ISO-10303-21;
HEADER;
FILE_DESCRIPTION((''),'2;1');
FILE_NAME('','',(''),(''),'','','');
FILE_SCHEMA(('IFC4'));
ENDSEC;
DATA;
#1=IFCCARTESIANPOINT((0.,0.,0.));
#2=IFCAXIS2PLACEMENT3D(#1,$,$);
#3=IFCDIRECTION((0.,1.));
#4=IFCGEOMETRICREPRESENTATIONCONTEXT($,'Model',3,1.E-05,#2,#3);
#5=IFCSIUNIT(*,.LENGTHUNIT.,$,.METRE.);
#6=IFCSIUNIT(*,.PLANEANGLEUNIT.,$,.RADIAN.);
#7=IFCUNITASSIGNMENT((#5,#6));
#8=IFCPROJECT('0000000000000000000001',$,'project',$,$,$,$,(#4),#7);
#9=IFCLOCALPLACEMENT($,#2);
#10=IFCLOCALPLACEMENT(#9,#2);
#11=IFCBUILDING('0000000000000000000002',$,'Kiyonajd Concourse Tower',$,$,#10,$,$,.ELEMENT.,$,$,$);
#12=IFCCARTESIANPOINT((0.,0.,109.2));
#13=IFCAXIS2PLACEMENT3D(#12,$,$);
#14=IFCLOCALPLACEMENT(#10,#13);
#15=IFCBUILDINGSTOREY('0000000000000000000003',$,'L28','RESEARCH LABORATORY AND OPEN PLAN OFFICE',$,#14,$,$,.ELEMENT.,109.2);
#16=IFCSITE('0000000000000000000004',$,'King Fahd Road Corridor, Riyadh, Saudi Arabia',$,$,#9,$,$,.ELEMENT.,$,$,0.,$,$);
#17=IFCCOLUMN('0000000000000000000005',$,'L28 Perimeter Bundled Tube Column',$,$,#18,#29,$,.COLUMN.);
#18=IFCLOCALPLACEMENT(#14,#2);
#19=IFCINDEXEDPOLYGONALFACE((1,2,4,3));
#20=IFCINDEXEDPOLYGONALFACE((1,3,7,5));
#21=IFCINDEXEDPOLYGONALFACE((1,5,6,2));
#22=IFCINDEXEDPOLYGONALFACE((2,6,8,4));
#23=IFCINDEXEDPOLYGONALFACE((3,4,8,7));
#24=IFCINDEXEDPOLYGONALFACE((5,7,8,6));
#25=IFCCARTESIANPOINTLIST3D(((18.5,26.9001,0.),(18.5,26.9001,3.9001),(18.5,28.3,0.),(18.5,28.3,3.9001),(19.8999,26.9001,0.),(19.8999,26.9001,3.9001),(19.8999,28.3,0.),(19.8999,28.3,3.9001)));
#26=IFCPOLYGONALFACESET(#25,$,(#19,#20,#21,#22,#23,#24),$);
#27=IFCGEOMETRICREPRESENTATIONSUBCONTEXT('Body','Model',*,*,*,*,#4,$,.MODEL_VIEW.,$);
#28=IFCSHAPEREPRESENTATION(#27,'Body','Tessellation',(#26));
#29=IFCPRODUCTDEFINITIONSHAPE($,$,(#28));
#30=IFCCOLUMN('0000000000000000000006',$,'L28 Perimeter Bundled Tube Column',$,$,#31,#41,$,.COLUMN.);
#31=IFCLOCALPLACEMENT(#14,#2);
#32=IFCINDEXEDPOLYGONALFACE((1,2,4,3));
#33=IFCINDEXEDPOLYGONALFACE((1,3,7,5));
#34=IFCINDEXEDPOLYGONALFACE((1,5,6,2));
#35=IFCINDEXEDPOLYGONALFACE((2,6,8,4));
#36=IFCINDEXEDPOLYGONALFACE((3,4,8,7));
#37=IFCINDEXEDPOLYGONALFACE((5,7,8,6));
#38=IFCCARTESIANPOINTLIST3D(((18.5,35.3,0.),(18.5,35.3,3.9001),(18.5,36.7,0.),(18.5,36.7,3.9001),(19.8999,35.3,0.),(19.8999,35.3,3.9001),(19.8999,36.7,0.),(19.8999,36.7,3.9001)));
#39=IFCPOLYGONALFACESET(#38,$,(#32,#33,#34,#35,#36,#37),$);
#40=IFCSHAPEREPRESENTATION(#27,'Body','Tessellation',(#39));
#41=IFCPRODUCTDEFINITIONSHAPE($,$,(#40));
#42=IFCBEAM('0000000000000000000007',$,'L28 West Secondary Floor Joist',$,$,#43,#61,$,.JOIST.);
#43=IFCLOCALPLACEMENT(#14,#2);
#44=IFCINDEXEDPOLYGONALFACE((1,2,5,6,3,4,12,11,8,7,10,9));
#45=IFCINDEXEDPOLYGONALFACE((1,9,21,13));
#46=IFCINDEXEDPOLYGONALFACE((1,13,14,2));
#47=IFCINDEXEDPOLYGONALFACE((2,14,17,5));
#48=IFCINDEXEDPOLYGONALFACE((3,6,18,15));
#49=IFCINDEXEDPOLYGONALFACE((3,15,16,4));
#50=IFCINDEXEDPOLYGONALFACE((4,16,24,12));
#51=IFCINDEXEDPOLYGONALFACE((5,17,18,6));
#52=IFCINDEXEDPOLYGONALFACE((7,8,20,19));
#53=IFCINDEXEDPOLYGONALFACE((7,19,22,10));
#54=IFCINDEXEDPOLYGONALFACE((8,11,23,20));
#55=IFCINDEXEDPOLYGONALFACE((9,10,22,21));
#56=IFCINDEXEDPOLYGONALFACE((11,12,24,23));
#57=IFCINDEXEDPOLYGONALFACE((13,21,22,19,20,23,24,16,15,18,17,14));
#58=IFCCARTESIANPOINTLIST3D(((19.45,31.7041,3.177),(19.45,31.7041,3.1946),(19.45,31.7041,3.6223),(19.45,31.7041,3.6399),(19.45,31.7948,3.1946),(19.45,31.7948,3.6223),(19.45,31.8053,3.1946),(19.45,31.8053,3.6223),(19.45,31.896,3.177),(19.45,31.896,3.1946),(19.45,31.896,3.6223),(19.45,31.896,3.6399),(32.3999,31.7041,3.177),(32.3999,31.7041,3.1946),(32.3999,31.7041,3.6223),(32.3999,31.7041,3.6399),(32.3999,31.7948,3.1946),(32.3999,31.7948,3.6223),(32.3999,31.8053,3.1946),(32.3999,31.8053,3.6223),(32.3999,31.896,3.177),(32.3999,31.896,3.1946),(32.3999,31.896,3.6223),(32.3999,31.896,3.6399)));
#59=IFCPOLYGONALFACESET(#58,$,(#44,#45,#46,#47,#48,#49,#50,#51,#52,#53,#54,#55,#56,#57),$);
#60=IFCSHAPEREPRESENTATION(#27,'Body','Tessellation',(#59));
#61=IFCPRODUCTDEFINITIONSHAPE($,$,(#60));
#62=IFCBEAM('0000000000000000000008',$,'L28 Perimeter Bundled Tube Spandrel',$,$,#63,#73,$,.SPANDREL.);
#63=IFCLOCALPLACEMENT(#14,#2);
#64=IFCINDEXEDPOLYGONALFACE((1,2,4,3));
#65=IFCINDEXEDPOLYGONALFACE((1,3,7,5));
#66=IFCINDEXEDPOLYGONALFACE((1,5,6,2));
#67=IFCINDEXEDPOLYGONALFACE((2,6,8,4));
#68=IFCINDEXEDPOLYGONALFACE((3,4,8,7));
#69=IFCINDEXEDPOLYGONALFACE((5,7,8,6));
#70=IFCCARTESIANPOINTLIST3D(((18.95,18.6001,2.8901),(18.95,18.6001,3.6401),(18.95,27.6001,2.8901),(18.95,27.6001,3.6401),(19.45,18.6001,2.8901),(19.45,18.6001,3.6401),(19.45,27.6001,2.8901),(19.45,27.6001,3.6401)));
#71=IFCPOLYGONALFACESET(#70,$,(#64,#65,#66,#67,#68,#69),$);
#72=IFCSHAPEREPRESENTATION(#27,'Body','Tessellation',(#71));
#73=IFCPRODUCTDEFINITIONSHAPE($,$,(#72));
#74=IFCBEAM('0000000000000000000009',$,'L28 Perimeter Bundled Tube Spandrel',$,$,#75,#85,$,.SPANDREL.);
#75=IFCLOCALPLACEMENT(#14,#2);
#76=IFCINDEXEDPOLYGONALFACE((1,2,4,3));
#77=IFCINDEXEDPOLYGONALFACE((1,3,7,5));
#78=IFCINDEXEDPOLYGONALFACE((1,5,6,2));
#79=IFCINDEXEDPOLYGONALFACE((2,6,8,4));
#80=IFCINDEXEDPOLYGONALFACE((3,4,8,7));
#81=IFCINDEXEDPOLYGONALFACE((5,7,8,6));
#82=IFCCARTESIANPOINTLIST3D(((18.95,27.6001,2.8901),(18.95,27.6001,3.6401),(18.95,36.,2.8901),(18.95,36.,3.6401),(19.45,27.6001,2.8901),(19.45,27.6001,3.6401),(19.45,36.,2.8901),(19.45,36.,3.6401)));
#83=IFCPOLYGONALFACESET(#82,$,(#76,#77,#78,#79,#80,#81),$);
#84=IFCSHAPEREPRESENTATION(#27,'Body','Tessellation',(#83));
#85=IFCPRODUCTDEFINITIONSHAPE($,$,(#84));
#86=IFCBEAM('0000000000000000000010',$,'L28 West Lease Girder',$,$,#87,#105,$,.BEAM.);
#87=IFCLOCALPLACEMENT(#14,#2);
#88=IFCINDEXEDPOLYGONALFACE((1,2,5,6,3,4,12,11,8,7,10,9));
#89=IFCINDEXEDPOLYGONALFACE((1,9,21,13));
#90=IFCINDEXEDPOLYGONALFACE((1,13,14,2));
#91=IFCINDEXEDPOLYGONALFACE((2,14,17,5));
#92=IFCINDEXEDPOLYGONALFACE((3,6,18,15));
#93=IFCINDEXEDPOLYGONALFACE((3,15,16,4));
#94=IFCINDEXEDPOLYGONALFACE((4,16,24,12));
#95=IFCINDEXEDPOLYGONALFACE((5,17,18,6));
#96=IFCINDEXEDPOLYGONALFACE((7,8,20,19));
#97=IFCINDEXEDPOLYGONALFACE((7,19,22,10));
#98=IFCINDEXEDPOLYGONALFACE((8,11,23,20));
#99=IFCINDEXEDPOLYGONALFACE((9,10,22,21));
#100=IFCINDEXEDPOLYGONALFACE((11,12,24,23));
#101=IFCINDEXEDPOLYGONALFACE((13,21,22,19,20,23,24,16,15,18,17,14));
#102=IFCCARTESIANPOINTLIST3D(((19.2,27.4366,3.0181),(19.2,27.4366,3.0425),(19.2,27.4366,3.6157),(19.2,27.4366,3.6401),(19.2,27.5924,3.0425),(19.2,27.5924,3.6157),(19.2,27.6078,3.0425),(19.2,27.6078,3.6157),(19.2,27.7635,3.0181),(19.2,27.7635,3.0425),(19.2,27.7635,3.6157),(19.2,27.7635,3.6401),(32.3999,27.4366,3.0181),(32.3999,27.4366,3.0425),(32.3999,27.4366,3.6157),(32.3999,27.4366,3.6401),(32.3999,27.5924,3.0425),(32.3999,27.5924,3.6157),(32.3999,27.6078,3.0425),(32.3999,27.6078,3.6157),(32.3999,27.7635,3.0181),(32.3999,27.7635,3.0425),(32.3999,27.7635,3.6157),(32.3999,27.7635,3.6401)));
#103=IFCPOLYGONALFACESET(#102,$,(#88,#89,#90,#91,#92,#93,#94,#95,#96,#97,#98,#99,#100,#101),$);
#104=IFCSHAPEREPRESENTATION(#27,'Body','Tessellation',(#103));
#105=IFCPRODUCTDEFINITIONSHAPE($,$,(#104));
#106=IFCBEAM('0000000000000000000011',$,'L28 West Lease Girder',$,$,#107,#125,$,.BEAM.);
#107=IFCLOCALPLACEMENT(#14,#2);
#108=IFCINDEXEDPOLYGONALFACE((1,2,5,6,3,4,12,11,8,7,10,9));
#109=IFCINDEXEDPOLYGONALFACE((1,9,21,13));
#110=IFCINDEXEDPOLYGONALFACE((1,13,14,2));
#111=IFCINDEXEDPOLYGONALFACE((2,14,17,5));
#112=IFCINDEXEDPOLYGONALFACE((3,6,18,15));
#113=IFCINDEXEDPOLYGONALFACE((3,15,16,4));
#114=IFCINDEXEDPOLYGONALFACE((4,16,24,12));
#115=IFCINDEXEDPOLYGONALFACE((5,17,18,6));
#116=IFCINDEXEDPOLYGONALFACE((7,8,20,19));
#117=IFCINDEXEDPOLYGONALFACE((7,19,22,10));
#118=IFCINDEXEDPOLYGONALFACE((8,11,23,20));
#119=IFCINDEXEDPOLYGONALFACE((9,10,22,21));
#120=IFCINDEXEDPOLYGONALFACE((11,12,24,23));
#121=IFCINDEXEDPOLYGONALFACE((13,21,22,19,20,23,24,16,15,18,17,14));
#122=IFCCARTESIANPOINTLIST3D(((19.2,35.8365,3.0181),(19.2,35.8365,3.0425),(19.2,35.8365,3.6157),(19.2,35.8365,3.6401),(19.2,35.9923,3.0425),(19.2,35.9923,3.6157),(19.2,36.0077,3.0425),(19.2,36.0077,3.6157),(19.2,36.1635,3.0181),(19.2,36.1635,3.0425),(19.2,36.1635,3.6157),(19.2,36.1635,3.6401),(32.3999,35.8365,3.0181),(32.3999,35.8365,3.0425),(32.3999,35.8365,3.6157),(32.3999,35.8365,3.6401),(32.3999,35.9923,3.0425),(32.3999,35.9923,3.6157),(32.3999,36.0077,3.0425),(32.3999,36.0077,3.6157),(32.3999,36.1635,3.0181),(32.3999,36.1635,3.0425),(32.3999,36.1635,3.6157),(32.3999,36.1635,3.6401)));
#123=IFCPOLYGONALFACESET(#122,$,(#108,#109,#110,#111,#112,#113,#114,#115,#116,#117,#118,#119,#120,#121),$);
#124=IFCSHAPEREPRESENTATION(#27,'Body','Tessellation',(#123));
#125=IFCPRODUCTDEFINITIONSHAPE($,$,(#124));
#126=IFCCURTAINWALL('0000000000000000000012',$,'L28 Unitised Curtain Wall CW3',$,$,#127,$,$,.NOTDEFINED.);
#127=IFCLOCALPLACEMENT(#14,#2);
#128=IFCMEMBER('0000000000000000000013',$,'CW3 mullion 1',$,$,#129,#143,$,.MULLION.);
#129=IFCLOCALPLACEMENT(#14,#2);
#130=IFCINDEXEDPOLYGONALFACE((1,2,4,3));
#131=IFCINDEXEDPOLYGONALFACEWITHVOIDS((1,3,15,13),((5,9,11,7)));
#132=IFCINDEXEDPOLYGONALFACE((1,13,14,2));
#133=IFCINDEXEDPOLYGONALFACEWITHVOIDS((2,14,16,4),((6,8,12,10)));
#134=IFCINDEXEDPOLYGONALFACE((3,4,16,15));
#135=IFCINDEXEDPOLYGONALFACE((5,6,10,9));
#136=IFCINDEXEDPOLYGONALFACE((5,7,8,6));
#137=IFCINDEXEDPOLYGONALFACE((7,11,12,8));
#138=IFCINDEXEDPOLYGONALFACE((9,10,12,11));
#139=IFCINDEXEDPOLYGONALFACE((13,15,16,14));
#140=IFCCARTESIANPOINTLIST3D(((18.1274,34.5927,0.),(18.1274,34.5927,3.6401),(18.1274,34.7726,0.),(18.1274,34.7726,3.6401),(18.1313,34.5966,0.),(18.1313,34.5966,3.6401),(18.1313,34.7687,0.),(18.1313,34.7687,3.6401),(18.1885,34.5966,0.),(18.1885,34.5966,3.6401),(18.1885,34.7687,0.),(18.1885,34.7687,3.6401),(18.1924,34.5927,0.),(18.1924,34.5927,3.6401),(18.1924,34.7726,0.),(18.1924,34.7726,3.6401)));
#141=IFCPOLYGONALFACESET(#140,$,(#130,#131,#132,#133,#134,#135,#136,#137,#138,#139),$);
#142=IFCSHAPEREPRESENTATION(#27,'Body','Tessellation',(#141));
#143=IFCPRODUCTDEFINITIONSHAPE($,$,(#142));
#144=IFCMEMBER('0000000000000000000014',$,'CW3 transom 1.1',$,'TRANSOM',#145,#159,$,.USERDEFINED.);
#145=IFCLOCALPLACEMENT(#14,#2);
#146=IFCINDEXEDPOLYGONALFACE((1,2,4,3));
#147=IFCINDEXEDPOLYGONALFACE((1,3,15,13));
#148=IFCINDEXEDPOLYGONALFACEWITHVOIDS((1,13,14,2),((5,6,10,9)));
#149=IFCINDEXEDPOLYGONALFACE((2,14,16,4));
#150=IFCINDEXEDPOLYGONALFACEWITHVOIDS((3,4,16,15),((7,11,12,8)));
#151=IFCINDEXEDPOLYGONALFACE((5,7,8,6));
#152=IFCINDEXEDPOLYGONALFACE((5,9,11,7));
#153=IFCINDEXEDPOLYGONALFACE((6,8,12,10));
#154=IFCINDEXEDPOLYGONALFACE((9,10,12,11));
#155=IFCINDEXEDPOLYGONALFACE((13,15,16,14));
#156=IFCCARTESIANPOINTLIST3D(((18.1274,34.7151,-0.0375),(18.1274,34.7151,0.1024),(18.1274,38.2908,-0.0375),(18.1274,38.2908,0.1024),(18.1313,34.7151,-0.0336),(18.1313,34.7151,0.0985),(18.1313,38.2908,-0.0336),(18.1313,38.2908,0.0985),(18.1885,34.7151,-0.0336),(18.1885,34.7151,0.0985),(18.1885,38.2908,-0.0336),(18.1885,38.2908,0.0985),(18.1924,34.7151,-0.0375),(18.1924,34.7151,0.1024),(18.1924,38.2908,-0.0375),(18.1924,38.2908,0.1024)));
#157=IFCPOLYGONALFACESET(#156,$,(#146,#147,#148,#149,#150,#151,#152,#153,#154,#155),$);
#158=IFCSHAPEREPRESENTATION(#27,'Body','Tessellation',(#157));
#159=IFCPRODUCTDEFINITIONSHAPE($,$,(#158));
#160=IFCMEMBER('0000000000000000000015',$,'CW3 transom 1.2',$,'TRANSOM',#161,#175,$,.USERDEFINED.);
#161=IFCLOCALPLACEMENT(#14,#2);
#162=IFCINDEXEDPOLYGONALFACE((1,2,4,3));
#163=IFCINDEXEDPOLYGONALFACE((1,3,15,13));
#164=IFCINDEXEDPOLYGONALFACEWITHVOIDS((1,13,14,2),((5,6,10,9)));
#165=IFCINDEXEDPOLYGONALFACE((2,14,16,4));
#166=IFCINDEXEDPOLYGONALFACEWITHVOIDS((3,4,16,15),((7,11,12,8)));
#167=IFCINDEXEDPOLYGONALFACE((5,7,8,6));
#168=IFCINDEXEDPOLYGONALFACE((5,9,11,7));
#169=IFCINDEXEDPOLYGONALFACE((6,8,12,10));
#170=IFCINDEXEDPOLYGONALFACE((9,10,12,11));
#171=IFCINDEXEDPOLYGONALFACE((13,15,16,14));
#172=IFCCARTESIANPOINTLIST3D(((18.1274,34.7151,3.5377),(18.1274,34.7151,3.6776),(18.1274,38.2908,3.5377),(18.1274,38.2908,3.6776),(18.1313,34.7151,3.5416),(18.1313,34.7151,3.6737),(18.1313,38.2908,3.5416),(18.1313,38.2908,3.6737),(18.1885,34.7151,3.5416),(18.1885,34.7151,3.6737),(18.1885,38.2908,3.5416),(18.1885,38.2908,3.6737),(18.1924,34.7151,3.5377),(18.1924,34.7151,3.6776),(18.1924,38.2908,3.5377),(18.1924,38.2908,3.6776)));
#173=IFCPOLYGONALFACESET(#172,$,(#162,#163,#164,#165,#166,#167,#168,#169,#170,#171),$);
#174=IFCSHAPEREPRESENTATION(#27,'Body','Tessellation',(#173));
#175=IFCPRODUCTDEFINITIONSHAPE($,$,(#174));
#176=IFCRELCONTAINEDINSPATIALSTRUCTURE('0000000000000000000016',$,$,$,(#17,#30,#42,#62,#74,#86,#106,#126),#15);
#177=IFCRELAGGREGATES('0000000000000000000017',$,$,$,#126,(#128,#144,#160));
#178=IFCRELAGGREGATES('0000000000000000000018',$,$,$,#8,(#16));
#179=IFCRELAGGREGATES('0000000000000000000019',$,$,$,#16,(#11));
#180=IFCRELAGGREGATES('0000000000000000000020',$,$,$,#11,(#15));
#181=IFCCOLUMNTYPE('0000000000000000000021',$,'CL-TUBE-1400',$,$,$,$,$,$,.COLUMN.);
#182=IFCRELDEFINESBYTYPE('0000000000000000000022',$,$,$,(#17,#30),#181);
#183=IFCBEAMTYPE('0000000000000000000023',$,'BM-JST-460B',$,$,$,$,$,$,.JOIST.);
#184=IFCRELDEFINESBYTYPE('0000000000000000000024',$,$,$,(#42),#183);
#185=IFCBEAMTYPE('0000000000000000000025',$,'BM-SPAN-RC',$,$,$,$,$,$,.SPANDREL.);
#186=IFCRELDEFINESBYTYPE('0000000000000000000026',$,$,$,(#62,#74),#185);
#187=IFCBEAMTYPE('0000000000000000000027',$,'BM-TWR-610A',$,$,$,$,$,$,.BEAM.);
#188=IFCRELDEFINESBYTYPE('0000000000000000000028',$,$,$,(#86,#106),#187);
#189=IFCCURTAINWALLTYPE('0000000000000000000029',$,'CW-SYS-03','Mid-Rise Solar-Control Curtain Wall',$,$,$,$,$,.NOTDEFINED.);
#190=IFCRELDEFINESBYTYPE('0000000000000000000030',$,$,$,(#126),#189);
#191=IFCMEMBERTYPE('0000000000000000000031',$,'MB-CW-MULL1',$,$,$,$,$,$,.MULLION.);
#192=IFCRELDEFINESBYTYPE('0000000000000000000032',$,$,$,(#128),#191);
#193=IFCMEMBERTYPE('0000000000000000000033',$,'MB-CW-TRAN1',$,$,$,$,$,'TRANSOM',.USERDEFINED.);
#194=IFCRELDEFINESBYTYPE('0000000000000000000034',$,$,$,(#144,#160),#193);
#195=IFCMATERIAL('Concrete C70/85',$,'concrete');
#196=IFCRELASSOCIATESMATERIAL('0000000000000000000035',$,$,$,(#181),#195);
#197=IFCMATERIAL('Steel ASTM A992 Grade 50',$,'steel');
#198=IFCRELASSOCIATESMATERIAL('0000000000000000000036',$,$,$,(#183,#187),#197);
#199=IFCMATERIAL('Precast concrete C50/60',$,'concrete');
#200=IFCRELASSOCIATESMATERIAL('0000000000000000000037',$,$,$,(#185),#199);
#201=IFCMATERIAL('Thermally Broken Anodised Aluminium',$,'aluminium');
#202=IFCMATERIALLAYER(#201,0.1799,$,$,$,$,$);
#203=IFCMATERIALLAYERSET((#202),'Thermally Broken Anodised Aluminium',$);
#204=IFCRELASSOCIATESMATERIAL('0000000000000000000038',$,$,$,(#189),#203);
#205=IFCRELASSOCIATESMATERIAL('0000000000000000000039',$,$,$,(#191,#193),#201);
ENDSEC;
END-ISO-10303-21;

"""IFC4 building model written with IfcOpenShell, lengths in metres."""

from ifc_helpers import new_model, si_unit, direction, frame, origin, origin_2d, place, context, subcontext, project, spatial, rectangle, hollow_rectangle, i_section, extrude, material, layer, layer_set, material_profile, profile_set, type_object, element, aggregate, save


model = new_model("IFC4")

# Units and contexts
model_context = context("Model", 3, precision=1e-05, world=origin(), true_north=direction((0.0, 1.0)))
body_context = subcontext(model_context, "Body", "Model", "MODEL_VIEW")
ifc_project = project(units=[si_unit("LENGTHUNIT", "METRE"), si_unit("PLANEANGLEUNIT", "RADIAN")], contexts=[model_context])

# Site, building, storey
site_placement = place(None, origin())
site = spatial("IfcSite", under=ifc_project, at=site_placement, Name="King Fahd Road Corridor, Riyadh, Saudi Arabia", CompositionType="ELEMENT", RefElevation=0.0)
building_placement = place(site_placement, origin())
building = spatial("IfcBuilding", under=site, at=building_placement, Name="Kiyonajd Concourse Tower", CompositionType="ELEMENT")
storey_placement = place(building_placement, frame((0.0, 0.0, 109.2)))
storey = spatial("IfcBuildingStorey", under=building, at=storey_placement, Name="L28", Description="RESEARCH LABORATORY AND OPEN PLAN OFFICE", CompositionType="ELEMENT", Elevation=109.2)

# Columns
ifc_material_1 = material(Name="Concrete C70/85", Category="concrete")
ifc_material_profile_1 = material_profile(ifc_material_1, rectangle(XDim=1.3999, YDim=1.3999, at=origin_2d()), Name="RC-1400x1400")
ifc_profile_set_1 = profile_set([ifc_material_profile_1], Name="Concrete C70/85")
column_type = type_object("IfcColumnType", Name="CL-TUBE-1400", PredefinedType="COLUMN", material=ifc_profile_set_1)
for number, where, z_axis, x_axis, name in (
    (1, (19.2, 27.6001, 0.0), (0.0, 0.0, 1.0), (1.0, 0.0, 0.0), "L28 Perimeter Bundled Tube Column"),
    (2, (19.2, 36.0, 0.0), (0.0, 0.0, 1.0), (1.0, 0.0, 0.0), "L28 Perimeter Bundled Tube Column"),
):
    element("IfcColumn", number, at=place(storey_placement, frame(where, z_axis=z_axis, x_axis=x_axis)), inside=storey, type_object=column_type, Name=name, PredefinedType="COLUMN", context=body_context, shape_type="SweptSolid", body=[
        extrude(rectangle(XDim=1.3999, YDim=1.3999, at=origin_2d()), origin(), (0.0, 0.0, 1.0), 3.9001),
    ])

# Beams
ifc_material_2 = material(Name="Steel ASTM A992 Grade 50", Category="steel")
ifc_material_profile_2 = material_profile(ifc_material_2, i_section(OverallWidth=0.1919, OverallDepth=0.4629, WebThickness=0.0105, FlangeThickness=0.0176, at=origin_2d()), Name="W460X89")
ifc_profile_set_2 = profile_set([ifc_material_profile_2], Name="Steel ASTM A992 Grade 50")
beam_type_1 = type_object("IfcBeamType", Name="BM-JST-460B", PredefinedType="JOIST", material=ifc_profile_set_2)
beam_1_placement = place(storey_placement, frame((19.45, 31.8, 3.4084), z_axis=(1.0, 0.0, 0.0), x_axis=(0.0, 1.0, 0.0)))
element("IfcBeam", 3, at=beam_1_placement, inside=storey, type_object=beam_type_1, Name="L28 West Secondary Floor Joist", PredefinedType="JOIST", context=body_context, shape_type="SweptSolid", body=[
    extrude(i_section(OverallWidth=0.1919, OverallDepth=0.4629, WebThickness=0.0105, FlangeThickness=0.0176, at=origin_2d()), origin(), (0.0, 0.0, 1.0), 12.95),
])
ifc_material_3 = material(Name="Precast concrete C50/60", Category="concrete")
ifc_material_profile_3 = material_profile(ifc_material_3, rectangle(XDim=0.5, YDim=0.75, at=origin_2d()), Name="RCBM-500x750")
ifc_profile_set_3 = profile_set([ifc_material_profile_3], Name="Precast concrete C50/60")
beam_type_2 = type_object("IfcBeamType", Name="BM-SPAN-RC", PredefinedType="SPANDREL", material=ifc_profile_set_3)
beam_2_placement = place(storey_placement, frame((19.2, 27.6001, 3.2651), z_axis=(0.0, -1.0, 0.0), x_axis=(1.0, 0.0, 0.0)))
element("IfcBeam", 4, at=beam_2_placement, inside=storey, type_object=beam_type_2, Name="L28 Perimeter Bundled Tube Spandrel", PredefinedType="SPANDREL", context=body_context, shape_type="SweptSolid", body=[
    extrude(rectangle(XDim=0.5, YDim=0.75, at=origin_2d()), origin(), (0.0, 0.0, 1.0), 9.0),
])
beam_3_placement = place(storey_placement, frame((19.2, 36.0, 3.2651), z_axis=(0.0, -1.0, 0.0), x_axis=(1.0, 0.0, 0.0)))
element("IfcBeam", 5, at=beam_3_placement, inside=storey, type_object=beam_type_2, Name="L28 Perimeter Bundled Tube Spandrel", PredefinedType="SPANDREL", context=body_context, shape_type="SweptSolid", body=[
    extrude(rectangle(XDim=0.5, YDim=0.75, at=origin_2d()), origin(), (0.0, 0.0, 1.0), 8.3999),
])
ifc_material_profile_4 = material_profile(ifc_material_2, i_section(OverallWidth=0.3269, OverallDepth=0.6221, WebThickness=0.0154, FlangeThickness=0.0244, at=origin_2d()), Name="W610X195")
ifc_profile_set_4 = profile_set([ifc_material_profile_4], Name="Steel ASTM A992 Grade 50")
beam_type_3 = type_object("IfcBeamType", Name="BM-TWR-610A", PredefinedType="BEAM", material=ifc_profile_set_4)
for number, where, z_axis, x_axis, name in (
    (6, (19.2, 27.6001, 3.3291), (1.0, 0.0, 0.0), (0.0, 1.0, 0.0), "L28 West Lease Girder"),
    (7, (19.2, 36.0, 3.3291), (1.0, 0.0, 0.0), (0.0, 1.0, 0.0), "L28 West Lease Girder"),
):
    element("IfcBeam", number, at=place(storey_placement, frame(where, z_axis=z_axis, x_axis=x_axis)), inside=storey, type_object=beam_type_3, Name=name, PredefinedType="BEAM", context=body_context, shape_type="SweptSolid", body=[
        extrude(i_section(OverallWidth=0.3269, OverallDepth=0.6221, WebThickness=0.0154, FlangeThickness=0.0244, at=origin_2d()), origin(), (0.0, 0.0, 1.0), 13.2),
    ])

# Curtain wall, members
ifc_material_4 = material(Name="Thermally Broken Anodised Aluminium", Category="aluminium")
ifc_layer_1 = layer(ifc_material_4, 0.1799)
ifc_layer_set_1 = layer_set([ifc_layer_1], Name="Thermally Broken Anodised Aluminium")
curtain_wall_type = type_object("IfcCurtainWallType", Name="CW-SYS-03", Description="Mid-Rise Solar-Control Curtain Wall", PredefinedType="NOTDEFINED", material=ifc_layer_set_1)
curtain_wall_placement = place(storey_placement, origin())
curtain_wall = element("IfcCurtainWall", 8, at=curtain_wall_placement, inside=storey, type_object=curtain_wall_type, Name="L28 Unitised Curtain Wall CW3", PredefinedType="NOTDEFINED")
ifc_material_profile_5 = material_profile(ifc_material_4, hollow_rectangle(XDim=0.0649, YDim=0.1799, WallThickness=0.0039, at=origin_2d()), Name="MULL-65x180")
ifc_profile_set_5 = profile_set([ifc_material_profile_5], Name="Thermally Broken Anodised Aluminium")
member_type_1 = type_object("IfcMemberType", Name="MB-CW-MULL1", PredefinedType="MULLION", material=ifc_profile_set_5)
member_1_placement = place(storey_placement, frame((18.1599, 34.6826, 0.0), z_axis=(0.0, 0.0, 1.0), x_axis=(-1.0, 0.0, 0.0)))
member_1 = element("IfcMember", 9, at=member_1_placement, type_object=member_type_1, Name="CW3 mullion 1", PredefinedType="MULLION", context=body_context, shape_type="SweptSolid", body=[
    extrude(hollow_rectangle(XDim=0.0649, YDim=0.1799, WallThickness=0.0039, at=origin_2d()), origin(), (0.0, 0.0, 1.0), 3.6401),
])
ifc_material_profile_6 = material_profile(ifc_material_4, hollow_rectangle(XDim=0.0649, YDim=0.1399, WallThickness=0.0039, at=origin_2d()), Name="TRAN-65x140")
ifc_profile_set_6 = profile_set([ifc_material_profile_6], Name="Thermally Broken Anodised Aluminium")
member_type_2 = type_object("IfcMemberType", Name="MB-CW-TRAN1", ElementType="TRANSOM", PredefinedType="USERDEFINED", material=ifc_profile_set_6)
member_2_placement = place(storey_placement, frame((18.1599, 34.7151, 0.0325), z_axis=(0.0, 1.0, 0.0), x_axis=(-1.0, 0.0, 0.0)))
member_2 = element("IfcMember", 10, at=member_2_placement, type_object=member_type_2, Name="CW3 transom 1.1", ObjectType="TRANSOM", PredefinedType="USERDEFINED", context=body_context, shape_type="SweptSolid", body=[
    extrude(hollow_rectangle(XDim=0.0649, YDim=0.1399, WallThickness=0.0039, at=origin_2d()), origin(), (0.0, 0.0, 1.0), 3.5757),
])
member_3_placement = place(storey_placement, frame((18.1599, 34.7151, 3.6077), z_axis=(0.0, 1.0, 0.0), x_axis=(-1.0, 0.0, 0.0)))
member_3 = element("IfcMember", 11, at=member_3_placement, type_object=member_type_2, Name="CW3 transom 1.2", ObjectType="TRANSOM", PredefinedType="USERDEFINED", context=body_context, shape_type="SweptSolid", body=[
    extrude(hollow_rectangle(XDim=0.0649, YDim=0.1399, WallThickness=0.0039, at=origin_2d()), origin(), (0.0, 0.0, 1.0), 3.5757),
])
aggregate(curtain_wall, [member_1, member_2, member_3])

save(model, "model.ifc")
